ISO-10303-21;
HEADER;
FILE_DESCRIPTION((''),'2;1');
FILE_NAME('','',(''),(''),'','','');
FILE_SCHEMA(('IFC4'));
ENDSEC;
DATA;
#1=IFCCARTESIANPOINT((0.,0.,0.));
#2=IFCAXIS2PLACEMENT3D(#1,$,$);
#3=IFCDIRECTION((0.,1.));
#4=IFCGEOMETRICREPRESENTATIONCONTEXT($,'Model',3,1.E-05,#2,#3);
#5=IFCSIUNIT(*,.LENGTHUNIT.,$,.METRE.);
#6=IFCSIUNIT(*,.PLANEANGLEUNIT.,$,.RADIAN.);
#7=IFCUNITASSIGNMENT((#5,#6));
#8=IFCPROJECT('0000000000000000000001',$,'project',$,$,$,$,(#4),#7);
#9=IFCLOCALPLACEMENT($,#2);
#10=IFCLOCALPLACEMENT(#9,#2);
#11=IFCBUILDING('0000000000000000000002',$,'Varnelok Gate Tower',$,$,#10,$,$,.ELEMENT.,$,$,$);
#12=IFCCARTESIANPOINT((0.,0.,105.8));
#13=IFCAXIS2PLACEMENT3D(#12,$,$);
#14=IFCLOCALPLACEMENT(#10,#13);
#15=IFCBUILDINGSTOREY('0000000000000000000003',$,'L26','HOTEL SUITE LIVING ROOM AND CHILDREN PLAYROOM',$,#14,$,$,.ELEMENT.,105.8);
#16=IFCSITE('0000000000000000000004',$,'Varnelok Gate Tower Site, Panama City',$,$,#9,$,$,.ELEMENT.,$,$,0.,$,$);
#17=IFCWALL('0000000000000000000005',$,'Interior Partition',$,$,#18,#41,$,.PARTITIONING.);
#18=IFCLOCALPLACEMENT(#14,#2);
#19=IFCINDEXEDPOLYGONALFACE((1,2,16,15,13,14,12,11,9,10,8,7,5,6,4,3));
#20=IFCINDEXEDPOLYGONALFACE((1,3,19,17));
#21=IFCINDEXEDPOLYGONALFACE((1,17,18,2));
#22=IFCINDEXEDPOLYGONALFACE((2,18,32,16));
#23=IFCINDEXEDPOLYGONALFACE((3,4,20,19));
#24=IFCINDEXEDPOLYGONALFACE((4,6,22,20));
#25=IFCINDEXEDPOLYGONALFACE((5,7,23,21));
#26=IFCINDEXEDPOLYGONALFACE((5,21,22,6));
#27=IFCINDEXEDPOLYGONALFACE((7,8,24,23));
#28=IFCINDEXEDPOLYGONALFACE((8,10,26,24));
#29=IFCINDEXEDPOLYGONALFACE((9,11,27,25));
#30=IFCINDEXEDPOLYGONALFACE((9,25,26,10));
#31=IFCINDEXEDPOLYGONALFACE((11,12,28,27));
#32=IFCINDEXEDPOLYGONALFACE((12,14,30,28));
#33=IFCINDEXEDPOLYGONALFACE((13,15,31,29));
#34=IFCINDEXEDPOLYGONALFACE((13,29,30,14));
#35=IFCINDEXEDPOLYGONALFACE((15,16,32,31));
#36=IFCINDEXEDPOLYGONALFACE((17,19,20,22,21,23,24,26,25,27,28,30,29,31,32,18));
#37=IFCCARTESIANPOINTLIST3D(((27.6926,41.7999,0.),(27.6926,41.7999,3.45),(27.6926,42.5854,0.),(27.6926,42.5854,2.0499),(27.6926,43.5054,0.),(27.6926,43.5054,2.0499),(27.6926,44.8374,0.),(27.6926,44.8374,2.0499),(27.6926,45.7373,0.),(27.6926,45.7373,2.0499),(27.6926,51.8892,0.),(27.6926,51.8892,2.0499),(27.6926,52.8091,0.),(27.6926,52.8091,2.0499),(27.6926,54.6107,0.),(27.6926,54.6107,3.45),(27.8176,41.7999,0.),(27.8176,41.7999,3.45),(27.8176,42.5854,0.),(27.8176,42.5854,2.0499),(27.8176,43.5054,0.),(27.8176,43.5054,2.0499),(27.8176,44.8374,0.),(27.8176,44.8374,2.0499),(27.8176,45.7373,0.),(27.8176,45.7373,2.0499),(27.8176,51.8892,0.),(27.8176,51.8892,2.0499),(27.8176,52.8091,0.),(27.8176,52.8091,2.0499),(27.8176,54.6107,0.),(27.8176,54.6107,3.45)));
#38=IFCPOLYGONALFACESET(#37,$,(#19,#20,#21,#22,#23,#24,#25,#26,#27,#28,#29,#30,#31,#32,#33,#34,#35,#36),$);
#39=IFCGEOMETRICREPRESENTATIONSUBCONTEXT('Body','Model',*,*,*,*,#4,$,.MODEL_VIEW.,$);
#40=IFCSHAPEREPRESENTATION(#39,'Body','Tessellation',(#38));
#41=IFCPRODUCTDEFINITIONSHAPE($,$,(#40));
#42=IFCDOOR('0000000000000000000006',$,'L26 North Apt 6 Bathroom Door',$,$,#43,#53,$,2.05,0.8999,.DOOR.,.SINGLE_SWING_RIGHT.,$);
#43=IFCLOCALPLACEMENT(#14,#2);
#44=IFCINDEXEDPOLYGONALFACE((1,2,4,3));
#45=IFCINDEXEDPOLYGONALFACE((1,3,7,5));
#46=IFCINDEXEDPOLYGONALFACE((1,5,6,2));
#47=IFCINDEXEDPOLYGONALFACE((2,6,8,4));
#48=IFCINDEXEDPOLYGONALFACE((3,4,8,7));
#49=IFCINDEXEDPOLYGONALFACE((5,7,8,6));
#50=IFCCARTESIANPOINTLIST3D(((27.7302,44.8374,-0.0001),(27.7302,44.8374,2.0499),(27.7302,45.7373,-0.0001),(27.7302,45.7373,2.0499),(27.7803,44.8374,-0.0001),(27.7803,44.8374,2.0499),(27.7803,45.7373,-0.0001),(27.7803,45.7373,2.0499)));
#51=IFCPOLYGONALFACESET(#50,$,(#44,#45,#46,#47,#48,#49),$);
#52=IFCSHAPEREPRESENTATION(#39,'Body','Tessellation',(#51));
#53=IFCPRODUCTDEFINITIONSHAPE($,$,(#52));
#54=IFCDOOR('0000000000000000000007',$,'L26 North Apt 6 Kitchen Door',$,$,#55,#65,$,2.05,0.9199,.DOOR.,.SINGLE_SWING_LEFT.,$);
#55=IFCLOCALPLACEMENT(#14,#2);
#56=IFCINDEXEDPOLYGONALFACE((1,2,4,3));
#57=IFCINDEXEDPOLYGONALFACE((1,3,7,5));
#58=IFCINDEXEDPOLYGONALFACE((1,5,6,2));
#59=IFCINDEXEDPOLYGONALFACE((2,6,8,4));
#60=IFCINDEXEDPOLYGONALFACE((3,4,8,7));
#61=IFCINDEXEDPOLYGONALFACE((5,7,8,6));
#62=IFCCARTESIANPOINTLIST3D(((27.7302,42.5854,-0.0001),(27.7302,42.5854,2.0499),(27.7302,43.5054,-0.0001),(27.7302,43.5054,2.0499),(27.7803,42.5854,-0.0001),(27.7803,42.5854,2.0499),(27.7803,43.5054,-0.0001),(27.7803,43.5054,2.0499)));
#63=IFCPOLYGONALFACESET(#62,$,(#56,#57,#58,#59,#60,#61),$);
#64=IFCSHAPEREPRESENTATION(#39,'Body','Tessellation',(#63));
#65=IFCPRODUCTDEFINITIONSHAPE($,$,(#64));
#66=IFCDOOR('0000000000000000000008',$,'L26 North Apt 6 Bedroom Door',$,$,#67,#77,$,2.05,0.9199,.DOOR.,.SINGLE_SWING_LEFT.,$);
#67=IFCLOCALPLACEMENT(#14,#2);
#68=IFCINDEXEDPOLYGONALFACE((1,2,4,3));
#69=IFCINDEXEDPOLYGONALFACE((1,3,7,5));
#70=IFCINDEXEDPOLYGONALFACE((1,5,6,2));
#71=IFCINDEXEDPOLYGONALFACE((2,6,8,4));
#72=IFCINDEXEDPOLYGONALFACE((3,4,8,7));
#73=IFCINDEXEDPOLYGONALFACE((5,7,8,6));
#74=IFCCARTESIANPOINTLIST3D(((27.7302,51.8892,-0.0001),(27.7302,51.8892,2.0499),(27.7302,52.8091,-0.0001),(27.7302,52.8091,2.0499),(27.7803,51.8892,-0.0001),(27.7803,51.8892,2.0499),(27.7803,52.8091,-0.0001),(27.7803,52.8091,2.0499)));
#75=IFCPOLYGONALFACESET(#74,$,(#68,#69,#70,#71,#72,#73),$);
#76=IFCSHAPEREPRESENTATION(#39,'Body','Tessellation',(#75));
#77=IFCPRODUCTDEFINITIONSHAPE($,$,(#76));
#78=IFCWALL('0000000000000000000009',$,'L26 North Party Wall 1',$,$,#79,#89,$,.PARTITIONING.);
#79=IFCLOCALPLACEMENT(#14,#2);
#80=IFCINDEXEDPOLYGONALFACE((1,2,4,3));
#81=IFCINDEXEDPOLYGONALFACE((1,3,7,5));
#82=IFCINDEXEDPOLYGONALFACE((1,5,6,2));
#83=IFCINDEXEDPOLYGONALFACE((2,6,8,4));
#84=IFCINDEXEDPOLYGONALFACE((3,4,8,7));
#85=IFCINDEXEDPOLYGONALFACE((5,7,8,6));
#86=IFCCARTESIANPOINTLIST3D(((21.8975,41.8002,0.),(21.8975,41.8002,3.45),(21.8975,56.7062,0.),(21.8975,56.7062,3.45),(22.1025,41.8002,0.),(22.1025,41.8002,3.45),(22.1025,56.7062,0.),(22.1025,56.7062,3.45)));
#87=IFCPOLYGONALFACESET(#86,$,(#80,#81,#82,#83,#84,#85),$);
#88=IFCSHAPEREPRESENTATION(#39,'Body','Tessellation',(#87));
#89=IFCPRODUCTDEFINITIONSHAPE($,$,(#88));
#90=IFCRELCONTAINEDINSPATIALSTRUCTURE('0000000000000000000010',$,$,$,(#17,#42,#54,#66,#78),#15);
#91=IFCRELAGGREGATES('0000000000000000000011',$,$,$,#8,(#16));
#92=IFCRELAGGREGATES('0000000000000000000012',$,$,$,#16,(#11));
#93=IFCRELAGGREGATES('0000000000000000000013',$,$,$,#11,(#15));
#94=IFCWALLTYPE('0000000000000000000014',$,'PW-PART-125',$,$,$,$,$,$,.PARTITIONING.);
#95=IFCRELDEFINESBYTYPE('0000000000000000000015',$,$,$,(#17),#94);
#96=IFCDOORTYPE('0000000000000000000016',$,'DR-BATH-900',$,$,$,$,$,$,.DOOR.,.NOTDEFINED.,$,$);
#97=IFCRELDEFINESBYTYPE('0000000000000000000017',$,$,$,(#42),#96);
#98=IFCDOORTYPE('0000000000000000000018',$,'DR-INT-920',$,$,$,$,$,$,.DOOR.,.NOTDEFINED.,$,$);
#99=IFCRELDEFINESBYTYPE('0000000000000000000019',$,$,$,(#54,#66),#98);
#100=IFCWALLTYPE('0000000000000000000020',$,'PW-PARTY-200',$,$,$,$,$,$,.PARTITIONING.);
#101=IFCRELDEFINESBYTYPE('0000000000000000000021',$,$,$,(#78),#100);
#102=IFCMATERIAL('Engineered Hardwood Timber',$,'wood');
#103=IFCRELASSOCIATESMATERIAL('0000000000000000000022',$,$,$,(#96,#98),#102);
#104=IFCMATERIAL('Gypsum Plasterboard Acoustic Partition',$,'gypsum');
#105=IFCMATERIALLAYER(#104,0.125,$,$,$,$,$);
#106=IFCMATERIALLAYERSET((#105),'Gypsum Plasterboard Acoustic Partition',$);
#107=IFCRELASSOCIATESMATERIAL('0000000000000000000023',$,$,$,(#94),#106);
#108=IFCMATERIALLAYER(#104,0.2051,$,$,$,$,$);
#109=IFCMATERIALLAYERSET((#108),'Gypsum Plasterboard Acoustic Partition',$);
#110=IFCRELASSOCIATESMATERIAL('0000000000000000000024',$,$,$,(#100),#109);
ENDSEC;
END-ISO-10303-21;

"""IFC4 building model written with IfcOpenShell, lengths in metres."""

from ifc_helpers import new_model, si_unit, direction, frame, frame_2d, origin, place, context, subcontext, project, spatial, rectangle, extrude, material, layer, layer_set, type_object, element, fill, save


model = new_model("IFC4")

# Units and contexts
model_context = context("Model", 3, precision=1e-05, world=origin(), true_north=direction((0.0, 1.0)))
body_context = subcontext(model_context, "Body", "Model", "MODEL_VIEW")
ifc_project = project(units=[si_unit("LENGTHUNIT", "METRE"), si_unit("PLANEANGLEUNIT", "RADIAN")], contexts=[model_context])

# Site, building, storey
site_placement = place(None, origin())
site = spatial("IfcSite", under=ifc_project, at=site_placement, Name="Varnelok Gate Tower Site, Panama City", CompositionType="ELEMENT", RefElevation=0.0)
building_placement = place(site_placement, origin())
building = spatial("IfcBuilding", under=site, at=building_placement, Name="Varnelok Gate Tower", CompositionType="ELEMENT")
storey_placement = place(building_placement, frame((0.0, 0.0, 105.8)))
storey = spatial("IfcBuildingStorey", under=building, at=storey_placement, Name="L26", Description="HOTEL SUITE LIVING ROOM AND CHILDREN PLAYROOM", CompositionType="ELEMENT", Elevation=105.8)

# Shared definitions
ifc_material_1 = material(Name="Gypsum Plasterboard Acoustic Partition", Category="gypsum")
ifc_material_2 = material(Name="Engineered Hardwood Timber", Category="wood")
door_type_1 = type_object("IfcDoorType", Name="DR-BATH-900", OperationType="NOTDEFINED", PredefinedType="DOOR", material=ifc_material_2)

# Wall, openings, doors
ifc_layer_1 = layer(ifc_material_1, 0.125)
ifc_layer_set_1 = layer_set([ifc_layer_1], Name="Gypsum Plasterboard Acoustic Partition")
wall_type_1 = type_object("IfcWallType", Name="PW-PART-125", PredefinedType="PARTITIONING", material=ifc_layer_set_1)
wall_1_placement = place(storey_placement, frame((27.7551, 41.8, 0.0), z_axis=(0.0, 0.0, 1.0), x_axis=(0.0, 1.0, 0.0)))
wall_1 = element("IfcWall", 1, at=wall_1_placement, inside=storey, type_object=wall_type_1, Name="Interior Partition", PredefinedType="PARTITIONING", context=body_context, shape_type="SweptSolid", body=[
    extrude(rectangle(XDim=12.8108, YDim=0.125, at=frame_2d((6.4053, 0.0))), origin(), (0.0, 0.0, 1.0), 3.45),
])
opening_1_placement = place(wall_1_placement, frame((0.7854, 0.0, 0.0)))
opening_1 = element("IfcOpeningElement", 2, at=opening_1_placement, cuts=wall_1, PredefinedType="OPENING", context=body_context, shape_type="SweptSolid", body=[
    extrude(rectangle(XDim=0.9199, YDim=2.05, at=frame_2d((0.46, 1.0249))), frame((0.0, 0.0725, 0.0), z_axis=(0.0, -1.0, 0.0), x_axis=(1.0, 0.0, 0.0)), (0.0, 0.0, 1.0), 0.145),
])
opening_2_placement = place(wall_1_placement, frame((3.0374, 0.0, 0.0)))
opening_2 = element("IfcOpeningElement", 3, at=opening_2_placement, cuts=wall_1, PredefinedType="OPENING", context=body_context, shape_type="SweptSolid", body=[
    extrude(rectangle(XDim=0.8999, YDim=2.05, at=frame_2d((0.45, 1.0249))), frame((0.0, 0.0725, 0.0), z_axis=(0.0, -1.0, 0.0), x_axis=(1.0, 0.0, 0.0)), (0.0, 0.0, 1.0), 0.145),
])
opening_3_placement = place(wall_1_placement, frame((10.0891, 0.0, 0.0)))
opening_3 = element("IfcOpeningElement", 4, at=opening_3_placement, cuts=wall_1, PredefinedType="OPENING", context=body_context, shape_type="SweptSolid", body=[
    extrude(rectangle(XDim=0.9199, YDim=2.05, at=frame_2d((0.46, 1.0249))), frame((0.0, 0.0725, 0.0), z_axis=(0.0, -1.0, 0.0), x_axis=(1.0, 0.0, 0.0)), (0.0, 0.0, 1.0), 0.145),
])
door_1_placement = place(opening_2_placement, origin())
door_1 = element("IfcDoor", 5, at=door_1_placement, inside=storey, type_object=door_type_1, Name="L26 North Apt 6 Bathroom Door", OperationType="SINGLE_SWING_RIGHT", OverallHeight=2.05, OverallWidth=0.8999, PredefinedType="DOOR", context=body_context, shape_type="SweptSolid", body=[
    extrude(rectangle(XDim=0.8999, YDim=2.05, at=frame_2d((0.45, 1.0249))), frame((0.0, 0.0249, 0.0), z_axis=(0.0, -1.0, 0.0), x_axis=(1.0, 0.0, 0.0)), (0.0, 0.0, 1.0), 0.05),
])
fill(opening_2, door_1)
door_type_2 = type_object("IfcDoorType", Name="DR-INT-920", OperationType="NOTDEFINED", PredefinedType="DOOR", material=ifc_material_2)
door_2_placement = place(opening_1_placement, origin())
door_2 = element("IfcDoor", 6, at=door_2_placement, inside=storey, type_object=door_type_2, Name="L26 North Apt 6 Kitchen Door", OperationType="SINGLE_SWING_LEFT", OverallHeight=2.05, OverallWidth=0.9199, PredefinedType="DOOR", context=body_context, shape_type="SweptSolid", body=[
    extrude(rectangle(XDim=0.9199, YDim=2.05, at=frame_2d((0.46, 1.0249))), frame((0.0, 0.0249, 0.0), z_axis=(0.0, -1.0, 0.0), x_axis=(1.0, 0.0, 0.0)), (0.0, 0.0, 1.0), 0.05),
])
fill(opening_1, door_2)
door_3_placement = place(opening_3_placement, origin())
door_3 = element("IfcDoor", 7, at=door_3_placement, inside=storey, type_object=door_type_2, Name="L26 North Apt 6 Bedroom Door", OperationType="SINGLE_SWING_LEFT", OverallHeight=2.05, OverallWidth=0.9199, PredefinedType="DOOR", context=body_context, shape_type="SweptSolid", body=[
    extrude(rectangle(XDim=0.9199, YDim=2.05, at=frame_2d((0.46, 1.0249))), frame((0.0, 0.0249, 0.0), z_axis=(0.0, -1.0, 0.0), x_axis=(1.0, 0.0, 0.0)), (0.0, 0.0, 1.0), 0.05),
])
fill(opening_3, door_3)

# Wall
ifc_layer_2 = layer(ifc_material_1, 0.2051)
ifc_layer_set_2 = layer_set([ifc_layer_2], Name="Gypsum Plasterboard Acoustic Partition")
wall_type_2 = type_object("IfcWallType", Name="PW-PARTY-200", PredefinedType="PARTITIONING", material=ifc_layer_set_2)
wall_2_placement = place(storey_placement, frame((22.0, 41.8, 0.0), z_axis=(0.0, 0.0, 1.0), x_axis=(0.0, 1.0, 0.0)))
element("IfcWall", 8, at=wall_2_placement, inside=storey, type_object=wall_type_2, Name="L26 North Party Wall 1", PredefinedType="PARTITIONING", context=body_context, shape_type="SweptSolid", body=[
    extrude(rectangle(XDim=14.906, YDim=0.2051, at=frame_2d((7.4531, 0.0))), origin(), (0.0, 0.0, 1.0), 3.45),
])

save(model, "model.ifc")
